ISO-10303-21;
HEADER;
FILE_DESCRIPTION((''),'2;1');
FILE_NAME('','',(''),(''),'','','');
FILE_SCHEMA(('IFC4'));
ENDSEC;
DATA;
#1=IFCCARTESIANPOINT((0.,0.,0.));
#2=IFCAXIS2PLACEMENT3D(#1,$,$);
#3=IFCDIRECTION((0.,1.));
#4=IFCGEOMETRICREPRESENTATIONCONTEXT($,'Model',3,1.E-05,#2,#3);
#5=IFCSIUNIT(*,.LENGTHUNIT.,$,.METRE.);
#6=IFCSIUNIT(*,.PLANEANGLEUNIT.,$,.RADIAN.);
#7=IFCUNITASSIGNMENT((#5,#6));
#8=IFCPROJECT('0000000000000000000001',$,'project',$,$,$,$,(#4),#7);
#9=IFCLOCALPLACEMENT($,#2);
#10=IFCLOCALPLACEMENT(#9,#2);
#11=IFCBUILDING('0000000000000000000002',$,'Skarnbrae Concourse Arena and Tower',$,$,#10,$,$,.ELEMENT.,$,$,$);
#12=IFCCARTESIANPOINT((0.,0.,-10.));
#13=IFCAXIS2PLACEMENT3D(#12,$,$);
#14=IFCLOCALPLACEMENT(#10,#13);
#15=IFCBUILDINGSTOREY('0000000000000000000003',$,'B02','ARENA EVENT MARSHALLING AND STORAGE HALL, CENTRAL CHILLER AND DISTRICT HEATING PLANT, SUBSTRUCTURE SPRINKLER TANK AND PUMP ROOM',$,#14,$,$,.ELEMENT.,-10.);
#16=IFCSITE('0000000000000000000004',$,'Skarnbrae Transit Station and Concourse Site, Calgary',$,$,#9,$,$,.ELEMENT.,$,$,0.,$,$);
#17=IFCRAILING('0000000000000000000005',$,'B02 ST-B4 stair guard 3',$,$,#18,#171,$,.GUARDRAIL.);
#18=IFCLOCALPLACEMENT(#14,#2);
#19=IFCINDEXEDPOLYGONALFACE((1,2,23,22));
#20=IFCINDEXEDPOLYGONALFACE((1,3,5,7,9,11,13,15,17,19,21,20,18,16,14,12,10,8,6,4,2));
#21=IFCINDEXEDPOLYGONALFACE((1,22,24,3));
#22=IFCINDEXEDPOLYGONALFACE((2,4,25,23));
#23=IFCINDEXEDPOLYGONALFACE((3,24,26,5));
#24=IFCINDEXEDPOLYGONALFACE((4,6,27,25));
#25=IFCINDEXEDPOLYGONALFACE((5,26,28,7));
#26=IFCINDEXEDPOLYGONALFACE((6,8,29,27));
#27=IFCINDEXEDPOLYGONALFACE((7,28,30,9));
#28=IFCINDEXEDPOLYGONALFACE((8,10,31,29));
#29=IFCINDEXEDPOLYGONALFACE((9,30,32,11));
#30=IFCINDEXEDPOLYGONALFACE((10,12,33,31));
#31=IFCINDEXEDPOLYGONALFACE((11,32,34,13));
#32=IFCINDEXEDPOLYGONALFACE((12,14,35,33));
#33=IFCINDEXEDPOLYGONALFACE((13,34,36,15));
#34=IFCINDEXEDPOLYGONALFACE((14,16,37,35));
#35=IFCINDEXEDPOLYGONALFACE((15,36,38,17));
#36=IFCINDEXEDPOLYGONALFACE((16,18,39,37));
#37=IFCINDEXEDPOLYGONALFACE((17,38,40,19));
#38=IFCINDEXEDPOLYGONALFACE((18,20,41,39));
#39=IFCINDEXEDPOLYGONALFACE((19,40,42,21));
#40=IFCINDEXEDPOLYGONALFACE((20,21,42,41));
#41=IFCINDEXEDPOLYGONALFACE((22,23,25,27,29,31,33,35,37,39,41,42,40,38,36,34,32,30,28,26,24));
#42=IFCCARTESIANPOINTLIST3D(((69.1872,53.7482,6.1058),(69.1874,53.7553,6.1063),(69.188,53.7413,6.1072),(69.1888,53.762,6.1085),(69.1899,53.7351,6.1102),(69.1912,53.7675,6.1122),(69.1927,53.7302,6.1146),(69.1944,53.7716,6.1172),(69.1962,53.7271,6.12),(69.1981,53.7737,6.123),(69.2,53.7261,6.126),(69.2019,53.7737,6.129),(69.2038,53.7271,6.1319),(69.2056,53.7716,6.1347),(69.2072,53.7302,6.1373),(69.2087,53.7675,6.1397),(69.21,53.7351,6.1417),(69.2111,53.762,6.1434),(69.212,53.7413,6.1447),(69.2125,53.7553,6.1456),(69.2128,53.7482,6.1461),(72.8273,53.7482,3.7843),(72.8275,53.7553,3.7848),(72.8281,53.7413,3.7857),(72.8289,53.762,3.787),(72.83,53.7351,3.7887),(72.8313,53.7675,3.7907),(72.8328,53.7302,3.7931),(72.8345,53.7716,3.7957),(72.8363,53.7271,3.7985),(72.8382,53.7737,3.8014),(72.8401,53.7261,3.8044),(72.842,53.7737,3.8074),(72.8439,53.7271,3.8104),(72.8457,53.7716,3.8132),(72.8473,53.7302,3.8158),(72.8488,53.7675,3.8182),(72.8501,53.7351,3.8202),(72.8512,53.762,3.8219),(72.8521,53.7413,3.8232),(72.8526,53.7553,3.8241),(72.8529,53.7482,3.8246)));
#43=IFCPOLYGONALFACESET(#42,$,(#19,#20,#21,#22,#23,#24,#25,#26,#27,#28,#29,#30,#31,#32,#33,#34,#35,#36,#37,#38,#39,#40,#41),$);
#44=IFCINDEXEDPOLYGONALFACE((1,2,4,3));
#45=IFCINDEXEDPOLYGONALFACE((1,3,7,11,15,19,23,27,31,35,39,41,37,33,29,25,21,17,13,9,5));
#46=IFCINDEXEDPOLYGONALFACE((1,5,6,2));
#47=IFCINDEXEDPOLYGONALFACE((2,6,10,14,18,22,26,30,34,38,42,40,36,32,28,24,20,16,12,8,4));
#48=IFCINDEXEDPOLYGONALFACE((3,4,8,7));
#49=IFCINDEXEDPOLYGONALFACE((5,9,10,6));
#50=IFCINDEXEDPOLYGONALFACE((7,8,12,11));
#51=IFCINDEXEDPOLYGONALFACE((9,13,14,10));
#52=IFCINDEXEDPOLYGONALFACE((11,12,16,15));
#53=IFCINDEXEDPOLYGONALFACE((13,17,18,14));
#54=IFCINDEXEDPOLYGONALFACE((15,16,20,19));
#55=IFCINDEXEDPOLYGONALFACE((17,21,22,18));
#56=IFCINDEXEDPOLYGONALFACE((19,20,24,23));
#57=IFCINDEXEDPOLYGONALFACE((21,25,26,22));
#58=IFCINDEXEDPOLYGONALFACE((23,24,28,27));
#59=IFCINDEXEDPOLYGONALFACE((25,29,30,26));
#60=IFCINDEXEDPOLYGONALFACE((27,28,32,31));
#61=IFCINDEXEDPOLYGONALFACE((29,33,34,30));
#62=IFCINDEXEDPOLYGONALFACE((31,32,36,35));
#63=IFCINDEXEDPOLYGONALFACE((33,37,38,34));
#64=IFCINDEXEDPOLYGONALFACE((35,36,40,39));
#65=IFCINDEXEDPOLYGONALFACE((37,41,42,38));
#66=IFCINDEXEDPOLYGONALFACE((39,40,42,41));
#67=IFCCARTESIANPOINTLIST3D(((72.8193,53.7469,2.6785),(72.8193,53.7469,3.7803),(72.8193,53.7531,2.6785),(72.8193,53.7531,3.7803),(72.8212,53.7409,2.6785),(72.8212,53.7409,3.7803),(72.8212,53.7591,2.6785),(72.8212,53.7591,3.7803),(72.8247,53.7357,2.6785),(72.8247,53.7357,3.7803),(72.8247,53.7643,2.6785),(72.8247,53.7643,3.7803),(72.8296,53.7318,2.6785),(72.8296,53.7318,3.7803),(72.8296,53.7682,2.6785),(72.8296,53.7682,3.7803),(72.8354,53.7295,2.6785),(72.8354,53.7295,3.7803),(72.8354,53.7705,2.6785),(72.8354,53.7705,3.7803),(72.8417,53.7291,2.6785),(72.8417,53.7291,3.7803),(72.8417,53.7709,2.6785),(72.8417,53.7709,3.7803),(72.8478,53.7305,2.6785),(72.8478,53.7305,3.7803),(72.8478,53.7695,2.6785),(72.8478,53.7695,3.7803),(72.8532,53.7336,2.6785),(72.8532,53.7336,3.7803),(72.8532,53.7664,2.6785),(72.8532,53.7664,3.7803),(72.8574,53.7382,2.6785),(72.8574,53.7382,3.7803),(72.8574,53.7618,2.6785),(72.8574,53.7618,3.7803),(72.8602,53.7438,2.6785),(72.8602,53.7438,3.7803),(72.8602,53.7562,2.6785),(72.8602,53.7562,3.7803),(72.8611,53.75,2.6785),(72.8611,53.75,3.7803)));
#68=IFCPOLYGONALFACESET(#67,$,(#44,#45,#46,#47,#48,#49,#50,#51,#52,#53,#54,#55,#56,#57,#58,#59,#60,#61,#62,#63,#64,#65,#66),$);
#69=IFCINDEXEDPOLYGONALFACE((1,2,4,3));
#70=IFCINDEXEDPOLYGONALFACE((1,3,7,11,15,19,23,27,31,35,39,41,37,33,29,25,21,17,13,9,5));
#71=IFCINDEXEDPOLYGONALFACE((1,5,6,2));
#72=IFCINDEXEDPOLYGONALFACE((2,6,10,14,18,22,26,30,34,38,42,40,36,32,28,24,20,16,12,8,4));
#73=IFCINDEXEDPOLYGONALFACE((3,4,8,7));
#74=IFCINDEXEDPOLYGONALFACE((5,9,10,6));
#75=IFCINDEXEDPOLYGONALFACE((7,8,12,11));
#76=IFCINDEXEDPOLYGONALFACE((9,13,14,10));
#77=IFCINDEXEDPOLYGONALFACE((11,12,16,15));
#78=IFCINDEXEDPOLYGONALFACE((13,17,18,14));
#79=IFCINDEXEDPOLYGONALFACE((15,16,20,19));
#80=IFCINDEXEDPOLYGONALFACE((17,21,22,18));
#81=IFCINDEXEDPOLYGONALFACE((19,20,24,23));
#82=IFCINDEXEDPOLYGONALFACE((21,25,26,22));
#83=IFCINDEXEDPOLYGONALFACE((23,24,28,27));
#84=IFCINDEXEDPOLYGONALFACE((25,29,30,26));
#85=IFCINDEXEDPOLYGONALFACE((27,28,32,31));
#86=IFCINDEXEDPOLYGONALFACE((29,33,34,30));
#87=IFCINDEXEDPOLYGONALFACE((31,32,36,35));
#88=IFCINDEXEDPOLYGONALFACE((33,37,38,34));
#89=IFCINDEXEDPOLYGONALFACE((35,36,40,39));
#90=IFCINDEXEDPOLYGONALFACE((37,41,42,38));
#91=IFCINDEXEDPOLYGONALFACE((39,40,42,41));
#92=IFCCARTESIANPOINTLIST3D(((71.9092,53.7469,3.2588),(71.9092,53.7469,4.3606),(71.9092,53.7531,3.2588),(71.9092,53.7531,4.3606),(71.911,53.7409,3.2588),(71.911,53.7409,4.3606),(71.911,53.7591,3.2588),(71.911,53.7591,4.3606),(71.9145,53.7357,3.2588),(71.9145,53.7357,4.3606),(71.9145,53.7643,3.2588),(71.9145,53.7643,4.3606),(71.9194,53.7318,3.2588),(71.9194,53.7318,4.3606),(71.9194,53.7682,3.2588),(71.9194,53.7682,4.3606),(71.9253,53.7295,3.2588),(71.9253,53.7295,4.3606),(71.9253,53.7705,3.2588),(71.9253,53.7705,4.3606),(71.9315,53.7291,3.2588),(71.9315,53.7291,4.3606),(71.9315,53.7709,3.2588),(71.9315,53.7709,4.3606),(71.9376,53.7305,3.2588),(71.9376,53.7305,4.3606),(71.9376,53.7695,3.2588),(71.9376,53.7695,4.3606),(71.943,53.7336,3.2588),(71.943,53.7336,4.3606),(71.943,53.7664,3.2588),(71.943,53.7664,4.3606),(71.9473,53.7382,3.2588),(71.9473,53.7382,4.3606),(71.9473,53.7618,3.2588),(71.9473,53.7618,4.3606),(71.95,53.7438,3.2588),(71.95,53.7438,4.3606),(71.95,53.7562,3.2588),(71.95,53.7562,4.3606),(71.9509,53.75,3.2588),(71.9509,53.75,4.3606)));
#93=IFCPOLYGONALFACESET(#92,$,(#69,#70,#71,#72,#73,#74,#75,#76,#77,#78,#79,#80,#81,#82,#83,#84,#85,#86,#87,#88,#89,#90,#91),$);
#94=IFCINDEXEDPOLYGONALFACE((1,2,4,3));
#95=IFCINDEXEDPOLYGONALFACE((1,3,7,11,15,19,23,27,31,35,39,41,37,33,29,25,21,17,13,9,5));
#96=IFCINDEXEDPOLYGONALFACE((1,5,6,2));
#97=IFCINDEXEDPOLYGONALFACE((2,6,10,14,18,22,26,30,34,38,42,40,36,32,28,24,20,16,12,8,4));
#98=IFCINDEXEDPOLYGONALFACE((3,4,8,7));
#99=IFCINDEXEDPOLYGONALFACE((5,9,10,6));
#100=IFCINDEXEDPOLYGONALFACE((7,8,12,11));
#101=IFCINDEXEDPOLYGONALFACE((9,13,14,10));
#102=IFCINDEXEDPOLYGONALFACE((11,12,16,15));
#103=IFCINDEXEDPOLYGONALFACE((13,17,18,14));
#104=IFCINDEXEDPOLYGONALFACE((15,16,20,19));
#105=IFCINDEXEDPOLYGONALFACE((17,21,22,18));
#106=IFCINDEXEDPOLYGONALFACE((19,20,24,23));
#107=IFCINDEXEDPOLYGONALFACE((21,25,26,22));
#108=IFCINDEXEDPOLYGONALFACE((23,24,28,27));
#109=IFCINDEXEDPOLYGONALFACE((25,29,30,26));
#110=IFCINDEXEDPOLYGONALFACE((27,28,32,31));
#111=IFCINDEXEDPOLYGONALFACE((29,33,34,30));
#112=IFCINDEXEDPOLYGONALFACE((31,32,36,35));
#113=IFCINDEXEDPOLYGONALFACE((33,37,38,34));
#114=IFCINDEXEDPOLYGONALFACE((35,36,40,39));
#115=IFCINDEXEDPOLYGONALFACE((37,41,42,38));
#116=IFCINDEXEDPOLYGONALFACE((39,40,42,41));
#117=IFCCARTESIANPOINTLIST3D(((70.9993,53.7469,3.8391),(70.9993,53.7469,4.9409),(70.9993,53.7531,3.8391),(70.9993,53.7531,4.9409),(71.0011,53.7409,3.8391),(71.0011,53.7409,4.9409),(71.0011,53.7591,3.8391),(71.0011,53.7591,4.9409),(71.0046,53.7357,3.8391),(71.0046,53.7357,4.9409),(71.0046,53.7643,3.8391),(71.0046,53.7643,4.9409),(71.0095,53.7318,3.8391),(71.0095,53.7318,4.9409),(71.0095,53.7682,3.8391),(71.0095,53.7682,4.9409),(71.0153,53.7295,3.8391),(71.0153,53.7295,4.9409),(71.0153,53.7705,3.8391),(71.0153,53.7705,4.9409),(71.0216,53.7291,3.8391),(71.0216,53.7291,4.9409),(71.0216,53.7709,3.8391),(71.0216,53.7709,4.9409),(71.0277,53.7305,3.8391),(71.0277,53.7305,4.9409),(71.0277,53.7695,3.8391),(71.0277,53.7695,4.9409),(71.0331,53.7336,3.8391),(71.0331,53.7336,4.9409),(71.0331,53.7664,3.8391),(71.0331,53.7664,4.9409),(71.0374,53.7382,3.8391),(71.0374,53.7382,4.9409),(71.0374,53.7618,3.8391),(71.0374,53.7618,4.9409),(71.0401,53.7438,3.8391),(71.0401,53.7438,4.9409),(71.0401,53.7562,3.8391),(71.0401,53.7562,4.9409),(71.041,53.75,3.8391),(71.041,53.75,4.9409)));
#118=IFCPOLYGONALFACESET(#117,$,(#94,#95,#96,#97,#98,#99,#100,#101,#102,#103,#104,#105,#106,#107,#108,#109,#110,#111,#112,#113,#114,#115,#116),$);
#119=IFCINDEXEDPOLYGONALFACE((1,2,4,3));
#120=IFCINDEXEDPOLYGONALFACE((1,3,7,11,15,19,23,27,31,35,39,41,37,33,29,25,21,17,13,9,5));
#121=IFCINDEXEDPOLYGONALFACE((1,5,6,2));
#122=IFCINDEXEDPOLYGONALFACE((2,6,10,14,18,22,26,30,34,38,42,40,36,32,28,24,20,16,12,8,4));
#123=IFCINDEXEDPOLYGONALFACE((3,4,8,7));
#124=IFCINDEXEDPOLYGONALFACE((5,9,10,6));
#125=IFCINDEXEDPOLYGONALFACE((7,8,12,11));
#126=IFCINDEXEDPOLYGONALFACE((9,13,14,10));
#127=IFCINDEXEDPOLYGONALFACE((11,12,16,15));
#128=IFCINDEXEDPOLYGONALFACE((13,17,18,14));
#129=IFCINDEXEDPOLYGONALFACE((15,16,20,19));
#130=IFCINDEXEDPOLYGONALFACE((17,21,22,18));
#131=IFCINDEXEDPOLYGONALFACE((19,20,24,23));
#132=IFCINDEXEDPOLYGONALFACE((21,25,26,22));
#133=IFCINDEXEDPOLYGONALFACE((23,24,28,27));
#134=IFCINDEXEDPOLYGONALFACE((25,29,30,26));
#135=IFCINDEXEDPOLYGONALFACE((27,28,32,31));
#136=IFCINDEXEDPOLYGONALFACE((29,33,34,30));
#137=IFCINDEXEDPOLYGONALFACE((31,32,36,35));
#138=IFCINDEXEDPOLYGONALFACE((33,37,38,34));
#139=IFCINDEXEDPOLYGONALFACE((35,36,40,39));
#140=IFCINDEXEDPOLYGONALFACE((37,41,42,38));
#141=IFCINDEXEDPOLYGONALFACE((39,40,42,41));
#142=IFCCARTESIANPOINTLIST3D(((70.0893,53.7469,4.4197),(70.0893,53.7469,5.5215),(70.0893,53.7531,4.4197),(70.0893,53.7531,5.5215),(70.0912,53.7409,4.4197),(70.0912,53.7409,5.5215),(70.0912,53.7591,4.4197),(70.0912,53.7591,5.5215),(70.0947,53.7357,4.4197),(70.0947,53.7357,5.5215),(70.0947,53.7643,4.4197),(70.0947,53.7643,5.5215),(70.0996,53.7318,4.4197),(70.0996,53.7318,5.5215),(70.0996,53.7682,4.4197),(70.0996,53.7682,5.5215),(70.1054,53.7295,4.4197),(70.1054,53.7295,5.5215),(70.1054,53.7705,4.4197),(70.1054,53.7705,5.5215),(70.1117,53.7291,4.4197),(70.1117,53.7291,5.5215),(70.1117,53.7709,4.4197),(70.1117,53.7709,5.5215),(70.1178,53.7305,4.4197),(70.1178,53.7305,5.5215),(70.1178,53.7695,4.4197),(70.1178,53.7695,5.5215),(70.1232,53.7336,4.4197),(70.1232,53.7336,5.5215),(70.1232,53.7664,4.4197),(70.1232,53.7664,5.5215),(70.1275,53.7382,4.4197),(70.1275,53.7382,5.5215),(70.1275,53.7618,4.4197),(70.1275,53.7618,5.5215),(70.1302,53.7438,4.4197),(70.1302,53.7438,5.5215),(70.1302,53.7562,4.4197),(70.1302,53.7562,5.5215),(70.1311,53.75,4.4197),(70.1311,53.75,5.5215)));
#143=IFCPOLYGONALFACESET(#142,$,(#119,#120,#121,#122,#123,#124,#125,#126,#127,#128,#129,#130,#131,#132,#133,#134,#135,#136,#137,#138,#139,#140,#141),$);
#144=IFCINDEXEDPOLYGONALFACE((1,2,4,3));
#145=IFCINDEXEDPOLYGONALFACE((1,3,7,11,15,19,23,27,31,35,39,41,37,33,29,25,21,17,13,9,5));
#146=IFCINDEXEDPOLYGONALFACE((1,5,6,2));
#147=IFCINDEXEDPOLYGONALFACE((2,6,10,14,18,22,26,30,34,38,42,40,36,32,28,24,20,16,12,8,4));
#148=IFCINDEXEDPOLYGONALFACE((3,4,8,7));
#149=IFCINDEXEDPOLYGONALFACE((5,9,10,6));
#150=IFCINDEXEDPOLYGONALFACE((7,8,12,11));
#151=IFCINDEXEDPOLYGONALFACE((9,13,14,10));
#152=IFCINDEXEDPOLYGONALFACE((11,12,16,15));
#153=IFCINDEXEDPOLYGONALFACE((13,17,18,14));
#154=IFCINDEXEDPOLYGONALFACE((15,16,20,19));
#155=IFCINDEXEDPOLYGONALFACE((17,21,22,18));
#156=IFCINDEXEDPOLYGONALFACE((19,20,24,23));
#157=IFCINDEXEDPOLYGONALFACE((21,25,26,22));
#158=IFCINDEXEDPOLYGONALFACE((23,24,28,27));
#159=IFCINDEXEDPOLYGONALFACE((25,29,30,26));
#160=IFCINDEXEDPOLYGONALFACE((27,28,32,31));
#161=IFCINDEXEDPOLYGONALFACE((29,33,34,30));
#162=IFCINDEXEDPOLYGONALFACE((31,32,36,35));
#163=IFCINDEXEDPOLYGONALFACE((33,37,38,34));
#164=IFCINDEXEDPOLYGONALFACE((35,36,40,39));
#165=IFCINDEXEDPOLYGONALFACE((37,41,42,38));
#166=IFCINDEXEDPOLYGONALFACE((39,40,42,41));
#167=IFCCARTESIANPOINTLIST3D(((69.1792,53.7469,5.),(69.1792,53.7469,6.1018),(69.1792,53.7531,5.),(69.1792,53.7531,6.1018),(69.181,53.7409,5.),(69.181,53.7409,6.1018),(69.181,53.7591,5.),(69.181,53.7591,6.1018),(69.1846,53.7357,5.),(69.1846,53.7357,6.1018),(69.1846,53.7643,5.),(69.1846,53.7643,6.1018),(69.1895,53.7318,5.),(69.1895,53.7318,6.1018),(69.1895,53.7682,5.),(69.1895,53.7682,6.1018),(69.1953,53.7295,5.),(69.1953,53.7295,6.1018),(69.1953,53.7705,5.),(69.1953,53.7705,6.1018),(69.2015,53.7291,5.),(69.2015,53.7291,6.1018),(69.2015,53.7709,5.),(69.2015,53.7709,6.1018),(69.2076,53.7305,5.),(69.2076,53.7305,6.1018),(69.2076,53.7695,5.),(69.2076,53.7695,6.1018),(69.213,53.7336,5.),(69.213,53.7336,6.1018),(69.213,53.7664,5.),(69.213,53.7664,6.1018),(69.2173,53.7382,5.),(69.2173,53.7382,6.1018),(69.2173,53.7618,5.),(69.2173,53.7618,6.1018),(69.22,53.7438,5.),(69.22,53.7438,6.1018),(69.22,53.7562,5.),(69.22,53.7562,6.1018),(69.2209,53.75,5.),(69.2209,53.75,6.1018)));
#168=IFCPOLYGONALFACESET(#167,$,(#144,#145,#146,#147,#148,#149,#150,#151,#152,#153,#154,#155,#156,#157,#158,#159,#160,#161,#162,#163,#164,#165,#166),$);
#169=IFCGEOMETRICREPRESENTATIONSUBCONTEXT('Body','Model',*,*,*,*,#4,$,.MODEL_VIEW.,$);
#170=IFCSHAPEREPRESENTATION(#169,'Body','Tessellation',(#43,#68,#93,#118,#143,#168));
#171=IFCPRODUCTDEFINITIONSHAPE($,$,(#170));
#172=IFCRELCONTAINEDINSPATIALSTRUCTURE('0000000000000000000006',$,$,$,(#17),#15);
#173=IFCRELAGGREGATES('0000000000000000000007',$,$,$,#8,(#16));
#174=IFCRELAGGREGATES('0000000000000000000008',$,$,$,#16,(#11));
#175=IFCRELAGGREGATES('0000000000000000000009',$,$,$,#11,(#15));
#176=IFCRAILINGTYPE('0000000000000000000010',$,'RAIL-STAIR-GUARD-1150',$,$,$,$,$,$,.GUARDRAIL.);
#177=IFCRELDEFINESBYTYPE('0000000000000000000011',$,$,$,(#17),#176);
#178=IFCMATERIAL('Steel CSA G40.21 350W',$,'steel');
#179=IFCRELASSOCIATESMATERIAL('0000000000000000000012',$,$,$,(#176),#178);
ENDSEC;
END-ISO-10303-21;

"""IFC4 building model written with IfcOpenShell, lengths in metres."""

from ifc_helpers import new_model, si_unit, direction, frame, origin, origin_2d, place, context, subcontext, project, spatial, circle, extrude, material, type_object, element, save


model = new_model("IFC4")

# Units and contexts
model_context = context("Model", 3, precision=1e-05, world=origin(), true_north=direction((0.0, 1.0)))
body_context = subcontext(model_context, "Body", "Model", "MODEL_VIEW")
ifc_project = project(units=[si_unit("LENGTHUNIT", "METRE"), si_unit("PLANEANGLEUNIT", "RADIAN")], contexts=[model_context])

# Site, building, storey
site_placement = place(None, origin())
site = spatial("IfcSite", under=ifc_project, at=site_placement, Name="Skarnbrae Transit Station and Concourse Site, Calgary", CompositionType="ELEMENT", RefElevation=0.0)
building_placement = place(site_placement, origin())
building = spatial("IfcBuilding", under=site, at=building_placement, Name="Skarnbrae Concourse Arena and Tower", CompositionType="ELEMENT")
storey_placement = place(building_placement, frame((0.0, 0.0, -10.0)))
storey = spatial("IfcBuildingStorey", under=building, at=storey_placement, Name="B02", Description="ARENA EVENT MARSHALLING AND STORAGE HALL, CENTRAL CHILLER AND DISTRICT HEATING PLANT, SUBSTRUCTURE SPRINKLER TANK AND PUMP ROOM", CompositionType="ELEMENT", Elevation=-10.0)

# Shared definitions
ifc_material_1 = material(Name="Steel CSA G40.21 350W", Category="steel")

# Railing
railing_type_1 = type_object("IfcRailingType", Name="RAIL-STAIR-GUARD-1150", PredefinedType="GUARDRAIL", material=ifc_material_1)
railing_1_placement = place(storey_placement, frame((72.8401, 53.75, 2.6785)))
element("IfcRailing", 1, at=railing_1_placement, inside=storey, type_object=railing_type_1, Name="B02 ST-B4 stair guard 3", PredefinedType="GUARDRAIL", context=body_context, shape_type="SweptSolid", body=[
    extrude(circle(Radius=0.0239, at=origin_2d()), frame((0.0, 0.0, 1.126), z_axis=(-0.843128, 0.0, 0.537713), x_axis=(0.0, -1.0, 0.0)), (0.0, 0.0, 1.0), 4.3174),
    extrude(circle(Radius=0.021, at=origin_2d()), origin(), (0.0, 0.0, 1.0), 1.1018),
    extrude(circle(Radius=0.021, at=origin_2d()), frame((-0.9102, 0.0, 0.5803)), (0.0, 0.0, 1.0), 1.1018),
    extrude(circle(Radius=0.021, at=origin_2d()), frame((-1.8201, 0.0, 1.1606)), (0.0, 0.0, 1.0), 1.1018),
    extrude(circle(Radius=0.021, at=origin_2d()), frame((-2.73, 0.0, 1.7412)), (0.0, 0.0, 1.0), 1.1018),
    extrude(circle(Radius=0.021, at=origin_2d()), frame((-3.6401, 0.0, 2.3215)), (0.0, 0.0, 1.0), 1.1018),
])

save(model, "model.ifc")
